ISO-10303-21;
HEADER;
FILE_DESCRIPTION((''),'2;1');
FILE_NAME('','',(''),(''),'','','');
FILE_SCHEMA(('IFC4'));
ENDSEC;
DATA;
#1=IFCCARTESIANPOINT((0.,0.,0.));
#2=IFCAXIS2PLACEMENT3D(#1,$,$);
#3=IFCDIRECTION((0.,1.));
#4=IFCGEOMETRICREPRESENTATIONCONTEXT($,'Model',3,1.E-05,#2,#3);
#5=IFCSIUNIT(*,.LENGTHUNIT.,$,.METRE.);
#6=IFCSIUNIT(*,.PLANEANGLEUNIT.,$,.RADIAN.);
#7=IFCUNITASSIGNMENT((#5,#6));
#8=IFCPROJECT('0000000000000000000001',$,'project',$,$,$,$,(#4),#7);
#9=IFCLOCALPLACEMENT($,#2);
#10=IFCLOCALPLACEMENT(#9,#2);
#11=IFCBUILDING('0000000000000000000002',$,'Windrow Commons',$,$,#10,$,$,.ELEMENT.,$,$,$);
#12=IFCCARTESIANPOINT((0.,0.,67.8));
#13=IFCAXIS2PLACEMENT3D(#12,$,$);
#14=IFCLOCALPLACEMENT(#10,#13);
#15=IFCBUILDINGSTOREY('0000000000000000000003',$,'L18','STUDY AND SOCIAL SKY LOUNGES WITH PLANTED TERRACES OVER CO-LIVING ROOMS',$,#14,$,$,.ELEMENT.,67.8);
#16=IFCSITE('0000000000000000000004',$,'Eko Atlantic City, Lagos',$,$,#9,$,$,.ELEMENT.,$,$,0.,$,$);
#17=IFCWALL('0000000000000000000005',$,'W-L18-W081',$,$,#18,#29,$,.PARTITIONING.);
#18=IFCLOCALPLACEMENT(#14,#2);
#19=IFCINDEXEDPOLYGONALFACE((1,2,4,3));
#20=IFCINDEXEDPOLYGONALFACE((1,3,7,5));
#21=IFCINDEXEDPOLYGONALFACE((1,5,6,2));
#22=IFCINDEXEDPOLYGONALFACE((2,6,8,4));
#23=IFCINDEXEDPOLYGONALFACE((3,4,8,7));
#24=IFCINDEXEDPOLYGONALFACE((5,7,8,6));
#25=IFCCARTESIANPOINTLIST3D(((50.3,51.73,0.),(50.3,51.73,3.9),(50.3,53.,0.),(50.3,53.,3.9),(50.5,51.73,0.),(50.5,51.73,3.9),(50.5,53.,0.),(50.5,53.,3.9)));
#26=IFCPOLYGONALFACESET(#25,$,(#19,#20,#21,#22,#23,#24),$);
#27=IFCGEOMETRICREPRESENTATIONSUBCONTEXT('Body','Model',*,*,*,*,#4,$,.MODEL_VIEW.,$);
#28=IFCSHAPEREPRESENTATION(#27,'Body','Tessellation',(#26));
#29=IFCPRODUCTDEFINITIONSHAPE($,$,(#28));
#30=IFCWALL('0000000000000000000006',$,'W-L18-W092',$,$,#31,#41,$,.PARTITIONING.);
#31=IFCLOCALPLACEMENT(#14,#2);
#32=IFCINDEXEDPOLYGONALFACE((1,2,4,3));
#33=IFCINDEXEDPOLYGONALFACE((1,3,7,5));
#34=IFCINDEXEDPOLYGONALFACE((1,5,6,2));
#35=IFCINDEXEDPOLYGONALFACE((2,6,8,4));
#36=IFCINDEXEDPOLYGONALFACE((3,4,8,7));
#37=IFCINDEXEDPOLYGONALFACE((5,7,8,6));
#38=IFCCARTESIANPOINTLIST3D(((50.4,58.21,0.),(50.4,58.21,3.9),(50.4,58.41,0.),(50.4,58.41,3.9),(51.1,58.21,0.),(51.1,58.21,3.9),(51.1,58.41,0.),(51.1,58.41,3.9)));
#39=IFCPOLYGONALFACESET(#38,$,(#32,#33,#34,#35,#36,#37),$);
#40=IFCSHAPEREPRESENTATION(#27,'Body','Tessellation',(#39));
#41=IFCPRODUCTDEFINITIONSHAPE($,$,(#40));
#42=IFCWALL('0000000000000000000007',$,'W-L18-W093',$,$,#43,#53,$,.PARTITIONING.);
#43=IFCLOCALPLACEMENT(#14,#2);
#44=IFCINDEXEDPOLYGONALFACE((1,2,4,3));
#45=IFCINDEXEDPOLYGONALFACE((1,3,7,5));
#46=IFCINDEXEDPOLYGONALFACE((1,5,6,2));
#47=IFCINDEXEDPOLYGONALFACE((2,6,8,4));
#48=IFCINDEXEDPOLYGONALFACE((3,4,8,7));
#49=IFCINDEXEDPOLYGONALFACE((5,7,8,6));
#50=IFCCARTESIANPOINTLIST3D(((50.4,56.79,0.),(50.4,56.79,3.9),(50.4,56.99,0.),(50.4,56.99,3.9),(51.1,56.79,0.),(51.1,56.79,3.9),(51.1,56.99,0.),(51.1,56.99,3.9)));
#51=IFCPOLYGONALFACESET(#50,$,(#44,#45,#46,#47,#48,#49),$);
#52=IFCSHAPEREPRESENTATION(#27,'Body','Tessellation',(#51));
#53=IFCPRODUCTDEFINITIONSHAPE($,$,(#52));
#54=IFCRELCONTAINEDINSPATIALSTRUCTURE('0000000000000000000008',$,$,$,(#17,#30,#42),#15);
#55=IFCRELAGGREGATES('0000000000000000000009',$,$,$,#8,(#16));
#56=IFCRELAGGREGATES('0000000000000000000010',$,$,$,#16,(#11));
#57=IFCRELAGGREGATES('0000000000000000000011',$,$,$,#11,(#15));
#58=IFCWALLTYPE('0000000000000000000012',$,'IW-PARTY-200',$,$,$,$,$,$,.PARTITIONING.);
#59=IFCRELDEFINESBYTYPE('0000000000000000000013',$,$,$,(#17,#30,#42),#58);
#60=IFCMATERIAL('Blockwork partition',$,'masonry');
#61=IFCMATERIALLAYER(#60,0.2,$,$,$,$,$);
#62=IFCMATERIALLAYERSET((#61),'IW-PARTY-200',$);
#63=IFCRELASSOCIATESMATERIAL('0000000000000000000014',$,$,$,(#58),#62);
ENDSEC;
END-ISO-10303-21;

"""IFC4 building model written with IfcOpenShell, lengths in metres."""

from ifc_helpers import new_model, si_unit, direction, frame, frame_2d, origin, place, context, subcontext, project, spatial, rectangle, extrude, material, layer, layer_set, type_object, element, save


model = new_model("IFC4")

# Units and contexts
model_context = context("Model", 3, precision=1e-05, world=origin(), true_north=direction((0.0, 1.0)))
body_context = subcontext(model_context, "Body", "Model", "MODEL_VIEW")
ifc_project = project(units=[si_unit("LENGTHUNIT", "METRE"), si_unit("PLANEANGLEUNIT", "RADIAN")], contexts=[model_context])

# Site, building, storey
site_placement = place(None, origin())
site = spatial("IfcSite", under=ifc_project, at=site_placement, Name="Eko Atlantic City, Lagos", CompositionType="ELEMENT", RefElevation=0.0)
building_placement = place(site_placement, origin())
building = spatial("IfcBuilding", under=site, at=building_placement, Name="Windrow Commons", CompositionType="ELEMENT")
storey_placement = place(building_placement, frame((0.0, 0.0, 67.8)))
storey = spatial("IfcBuildingStorey", under=building, at=storey_placement, Name="L18", Description="STUDY AND SOCIAL SKY LOUNGES WITH PLANTED TERRACES OVER CO-LIVING ROOMS", CompositionType="ELEMENT", Elevation=67.8)

# Walls
ifc_material_1 = material(Name="Blockwork partition", Category="masonry")
ifc_layer_1 = layer(ifc_material_1, 0.2)
ifc_layer_set_1 = layer_set([ifc_layer_1], Name="IW-PARTY-200")
wall_type_1 = type_object("IfcWallType", Name="IW-PARTY-200", PredefinedType="PARTITIONING", material=ifc_layer_set_1)
wall_1_placement = place(storey_placement, frame((50.4, 51.73, 0.0), z_axis=(0.0, 0.0, 1.0), x_axis=(0.0, 1.0, 0.0)))
element("IfcWall", 1, at=wall_1_placement, inside=storey, type_object=wall_type_1, Name="W-L18-W081", PredefinedType="PARTITIONING", context=body_context, shape_type="SweptSolid", body=[
    extrude(rectangle(XDim=1.27, YDim=0.2, at=frame_2d((0.635, 0.0))), origin(), (0.0, 0.0, 1.0), 3.9),
])
for number, where, z_axis, x_axis, name in (
    (2, (50.4, 58.31, 0.0), (0.0, 0.0, 1.0), (1.0, 0.0, 0.0), "W-L18-W092"),
    (3, (50.4, 56.89, 0.0), (0.0, 0.0, 1.0), (1.0, 0.0, 0.0), "W-L18-W093"),
):
    element("IfcWall", number, at=place(storey_placement, frame(where, z_axis=z_axis, x_axis=x_axis)), inside=storey, type_object=wall_type_1, Name=name, PredefinedType="PARTITIONING", context=body_context, shape_type="SweptSolid", body=[
        extrude(rectangle(XDim=0.7, YDim=0.2, at=frame_2d((0.35, 0.0))), origin(), (0.0, 0.0, 1.0), 3.9),
    ])

save(model, "model.ifc")
